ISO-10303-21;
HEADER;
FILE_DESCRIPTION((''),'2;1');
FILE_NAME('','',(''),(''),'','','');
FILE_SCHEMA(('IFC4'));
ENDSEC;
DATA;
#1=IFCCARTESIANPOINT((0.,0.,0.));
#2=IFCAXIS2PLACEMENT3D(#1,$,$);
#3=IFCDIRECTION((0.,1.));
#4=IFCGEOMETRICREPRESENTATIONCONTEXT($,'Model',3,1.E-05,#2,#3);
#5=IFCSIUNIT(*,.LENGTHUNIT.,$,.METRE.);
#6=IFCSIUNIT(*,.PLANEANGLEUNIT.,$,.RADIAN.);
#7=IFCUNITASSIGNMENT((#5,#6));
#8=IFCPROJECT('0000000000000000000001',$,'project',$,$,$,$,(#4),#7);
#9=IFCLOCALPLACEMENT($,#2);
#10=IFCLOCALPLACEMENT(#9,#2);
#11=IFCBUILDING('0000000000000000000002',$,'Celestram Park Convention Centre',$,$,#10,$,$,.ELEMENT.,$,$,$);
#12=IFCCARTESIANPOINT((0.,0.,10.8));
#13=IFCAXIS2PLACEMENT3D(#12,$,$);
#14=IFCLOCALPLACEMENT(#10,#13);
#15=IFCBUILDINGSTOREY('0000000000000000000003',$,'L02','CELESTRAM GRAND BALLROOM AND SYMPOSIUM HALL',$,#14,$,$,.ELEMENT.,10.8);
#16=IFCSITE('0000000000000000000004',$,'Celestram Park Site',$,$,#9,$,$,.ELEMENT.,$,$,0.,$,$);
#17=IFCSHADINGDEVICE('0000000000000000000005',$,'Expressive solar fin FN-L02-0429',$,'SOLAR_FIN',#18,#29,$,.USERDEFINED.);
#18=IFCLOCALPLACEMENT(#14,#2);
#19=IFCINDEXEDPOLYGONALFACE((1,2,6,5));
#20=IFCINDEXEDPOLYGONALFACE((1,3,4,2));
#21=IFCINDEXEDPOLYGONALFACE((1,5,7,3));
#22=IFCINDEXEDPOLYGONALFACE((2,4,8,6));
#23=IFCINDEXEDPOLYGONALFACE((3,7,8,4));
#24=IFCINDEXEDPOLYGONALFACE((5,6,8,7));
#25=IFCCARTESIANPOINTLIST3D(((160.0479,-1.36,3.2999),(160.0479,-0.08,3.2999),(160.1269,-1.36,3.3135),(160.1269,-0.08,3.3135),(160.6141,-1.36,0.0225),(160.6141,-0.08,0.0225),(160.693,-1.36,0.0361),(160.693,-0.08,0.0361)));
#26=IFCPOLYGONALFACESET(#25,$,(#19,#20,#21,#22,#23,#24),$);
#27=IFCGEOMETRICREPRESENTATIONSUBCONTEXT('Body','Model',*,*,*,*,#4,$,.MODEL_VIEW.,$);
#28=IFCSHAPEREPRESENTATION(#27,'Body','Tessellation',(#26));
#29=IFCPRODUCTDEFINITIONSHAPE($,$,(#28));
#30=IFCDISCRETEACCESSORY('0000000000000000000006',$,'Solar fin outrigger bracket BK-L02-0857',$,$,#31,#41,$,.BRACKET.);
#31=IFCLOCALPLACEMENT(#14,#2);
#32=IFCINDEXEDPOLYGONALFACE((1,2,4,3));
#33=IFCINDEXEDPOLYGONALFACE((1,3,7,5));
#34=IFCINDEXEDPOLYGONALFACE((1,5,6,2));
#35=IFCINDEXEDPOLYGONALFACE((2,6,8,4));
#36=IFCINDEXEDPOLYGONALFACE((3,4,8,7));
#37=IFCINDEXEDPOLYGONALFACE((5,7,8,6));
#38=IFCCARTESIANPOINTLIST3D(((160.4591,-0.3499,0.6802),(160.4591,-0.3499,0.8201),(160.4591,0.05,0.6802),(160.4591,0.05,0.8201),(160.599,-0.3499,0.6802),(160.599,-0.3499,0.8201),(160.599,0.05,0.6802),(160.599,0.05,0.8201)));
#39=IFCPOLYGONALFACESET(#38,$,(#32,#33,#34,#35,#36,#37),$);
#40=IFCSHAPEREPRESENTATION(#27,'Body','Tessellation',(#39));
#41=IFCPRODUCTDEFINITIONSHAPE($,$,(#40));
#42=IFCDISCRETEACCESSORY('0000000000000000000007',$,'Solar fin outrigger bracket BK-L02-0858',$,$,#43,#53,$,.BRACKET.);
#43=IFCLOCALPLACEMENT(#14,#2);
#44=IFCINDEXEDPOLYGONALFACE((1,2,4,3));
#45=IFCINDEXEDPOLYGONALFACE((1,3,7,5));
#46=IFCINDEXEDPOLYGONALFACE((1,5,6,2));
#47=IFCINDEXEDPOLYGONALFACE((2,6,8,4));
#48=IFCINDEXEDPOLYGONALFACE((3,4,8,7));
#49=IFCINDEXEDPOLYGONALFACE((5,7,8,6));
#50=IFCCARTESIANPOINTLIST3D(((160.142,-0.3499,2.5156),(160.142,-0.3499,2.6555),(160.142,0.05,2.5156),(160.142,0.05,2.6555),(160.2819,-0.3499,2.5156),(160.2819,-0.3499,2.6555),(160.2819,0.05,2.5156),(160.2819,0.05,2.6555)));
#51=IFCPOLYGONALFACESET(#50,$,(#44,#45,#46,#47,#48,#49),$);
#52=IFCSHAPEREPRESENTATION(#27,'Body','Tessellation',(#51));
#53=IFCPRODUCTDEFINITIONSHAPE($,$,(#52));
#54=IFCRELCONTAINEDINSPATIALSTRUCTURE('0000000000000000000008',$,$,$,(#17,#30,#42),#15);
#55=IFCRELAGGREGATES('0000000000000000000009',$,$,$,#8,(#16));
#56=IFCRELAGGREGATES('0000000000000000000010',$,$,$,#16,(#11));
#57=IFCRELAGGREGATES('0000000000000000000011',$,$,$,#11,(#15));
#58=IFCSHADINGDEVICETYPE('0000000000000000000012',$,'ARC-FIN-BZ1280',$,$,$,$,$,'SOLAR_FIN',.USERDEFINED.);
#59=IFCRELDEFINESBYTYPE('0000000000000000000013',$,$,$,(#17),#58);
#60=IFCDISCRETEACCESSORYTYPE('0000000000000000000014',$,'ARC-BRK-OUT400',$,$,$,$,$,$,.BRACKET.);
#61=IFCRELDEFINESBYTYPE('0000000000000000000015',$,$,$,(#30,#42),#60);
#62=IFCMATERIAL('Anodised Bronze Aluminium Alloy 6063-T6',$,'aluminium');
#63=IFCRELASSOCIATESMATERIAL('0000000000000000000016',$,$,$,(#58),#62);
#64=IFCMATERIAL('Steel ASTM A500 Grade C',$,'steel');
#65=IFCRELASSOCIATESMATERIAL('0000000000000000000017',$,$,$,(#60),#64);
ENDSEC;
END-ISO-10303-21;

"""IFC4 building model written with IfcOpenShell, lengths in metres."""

from ifc_helpers import new_model, si_unit, direction, frame, origin, origin_2d, place, context, subcontext, project, spatial, rectangle, extrude, material, material_profile, profile_set, type_object, element, save


model = new_model("IFC4")

# Units and contexts
model_context = context("Model", 3, precision=1e-05, world=origin(), true_north=direction((0.0, 1.0)))
body_context = subcontext(model_context, "Body", "Model", "MODEL_VIEW")
ifc_project = project(units=[si_unit("LENGTHUNIT", "METRE"), si_unit("PLANEANGLEUNIT", "RADIAN")], contexts=[model_context])

# Site, building, storey
site_placement = place(None, origin())
site = spatial("IfcSite", under=ifc_project, at=site_placement, Name="Celestram Park Site", CompositionType="ELEMENT", RefElevation=0.0)
building_placement = place(site_placement, origin())
building = spatial("IfcBuilding", under=site, at=building_placement, Name="Celestram Park Convention Centre", CompositionType="ELEMENT")
storey_placement = place(building_placement, frame((0.0, 0.0, 10.8)))
storey = spatial("IfcBuildingStorey", under=building, at=storey_placement, Name="L02", Description="CELESTRAM GRAND BALLROOM AND SYMPOSIUM HALL", CompositionType="ELEMENT", Elevation=10.8)

# Shared definitions
ifc_material_1 = material(Name="Steel ASTM A500 Grade C", Category="steel")

# Shading device
ifc_material_2 = material(Name="Anodised Bronze Aluminium Alloy 6063-T6", Category="aluminium")
ifc_material_profile_1 = material_profile(ifc_material_2, rectangle(XDim=1.28, YDim=0.0801, at=origin_2d()), Name="FIN1280X80")
ifc_profile_set_1 = profile_set([ifc_material_profile_1], Name="Anodised Bronze Aluminium Alloy 6063-T6")
shading_device_type = type_object("IfcShadingDeviceType", Name="ARC-FIN-BZ1280", ElementType="SOLAR_FIN", PredefinedType="USERDEFINED", material=ifc_profile_set_1)
shading_device_placement = place(storey_placement, frame((160.6536, -0.72, 0.0293), z_axis=(-0.170229, 0.0, 0.985405), x_axis=(0.0, -1.0, 0.0)))
element("IfcShadingDevice", 1, at=shading_device_placement, inside=storey, type_object=shading_device_type, Name="Expressive solar fin FN-L02-0429", ObjectType="SOLAR_FIN", PredefinedType="USERDEFINED", context=body_context, shape_type="SweptSolid", body=[
    extrude(rectangle(XDim=1.28, YDim=0.0801, at=origin_2d()), origin(), (0.0, 0.0, 1.0), 3.3259),
])

# Discrete accessories
discrete_accessory_type = type_object("IfcDiscreteAccessoryType", Name="ARC-BRK-OUT400", PredefinedType="BRACKET", material=ifc_material_1)
for number, where, z_axis, x_axis, name in (
    (2, (160.5291, -0.1499, 0.6802), (0.0, 0.0, 1.0), (0.0, -1.0, 0.0), "Solar fin outrigger bracket BK-L02-0857"),
    (3, (160.2119, -0.1499, 2.5156), (0.0, 0.0, 1.0), (0.0, -1.0, 0.0), "Solar fin outrigger bracket BK-L02-0858"),
):
    element("IfcDiscreteAccessory", number, at=place(storey_placement, frame(where, z_axis=z_axis, x_axis=x_axis)), inside=storey, type_object=discrete_accessory_type, Name=name, PredefinedType="BRACKET", context=body_context, shape_type="SweptSolid", body=[
        extrude(rectangle(XDim=0.3999, YDim=0.1399, at=origin_2d()), origin(), (0.0, 0.0, 1.0), 0.1399),
    ])

save(model, "model.ifc")
